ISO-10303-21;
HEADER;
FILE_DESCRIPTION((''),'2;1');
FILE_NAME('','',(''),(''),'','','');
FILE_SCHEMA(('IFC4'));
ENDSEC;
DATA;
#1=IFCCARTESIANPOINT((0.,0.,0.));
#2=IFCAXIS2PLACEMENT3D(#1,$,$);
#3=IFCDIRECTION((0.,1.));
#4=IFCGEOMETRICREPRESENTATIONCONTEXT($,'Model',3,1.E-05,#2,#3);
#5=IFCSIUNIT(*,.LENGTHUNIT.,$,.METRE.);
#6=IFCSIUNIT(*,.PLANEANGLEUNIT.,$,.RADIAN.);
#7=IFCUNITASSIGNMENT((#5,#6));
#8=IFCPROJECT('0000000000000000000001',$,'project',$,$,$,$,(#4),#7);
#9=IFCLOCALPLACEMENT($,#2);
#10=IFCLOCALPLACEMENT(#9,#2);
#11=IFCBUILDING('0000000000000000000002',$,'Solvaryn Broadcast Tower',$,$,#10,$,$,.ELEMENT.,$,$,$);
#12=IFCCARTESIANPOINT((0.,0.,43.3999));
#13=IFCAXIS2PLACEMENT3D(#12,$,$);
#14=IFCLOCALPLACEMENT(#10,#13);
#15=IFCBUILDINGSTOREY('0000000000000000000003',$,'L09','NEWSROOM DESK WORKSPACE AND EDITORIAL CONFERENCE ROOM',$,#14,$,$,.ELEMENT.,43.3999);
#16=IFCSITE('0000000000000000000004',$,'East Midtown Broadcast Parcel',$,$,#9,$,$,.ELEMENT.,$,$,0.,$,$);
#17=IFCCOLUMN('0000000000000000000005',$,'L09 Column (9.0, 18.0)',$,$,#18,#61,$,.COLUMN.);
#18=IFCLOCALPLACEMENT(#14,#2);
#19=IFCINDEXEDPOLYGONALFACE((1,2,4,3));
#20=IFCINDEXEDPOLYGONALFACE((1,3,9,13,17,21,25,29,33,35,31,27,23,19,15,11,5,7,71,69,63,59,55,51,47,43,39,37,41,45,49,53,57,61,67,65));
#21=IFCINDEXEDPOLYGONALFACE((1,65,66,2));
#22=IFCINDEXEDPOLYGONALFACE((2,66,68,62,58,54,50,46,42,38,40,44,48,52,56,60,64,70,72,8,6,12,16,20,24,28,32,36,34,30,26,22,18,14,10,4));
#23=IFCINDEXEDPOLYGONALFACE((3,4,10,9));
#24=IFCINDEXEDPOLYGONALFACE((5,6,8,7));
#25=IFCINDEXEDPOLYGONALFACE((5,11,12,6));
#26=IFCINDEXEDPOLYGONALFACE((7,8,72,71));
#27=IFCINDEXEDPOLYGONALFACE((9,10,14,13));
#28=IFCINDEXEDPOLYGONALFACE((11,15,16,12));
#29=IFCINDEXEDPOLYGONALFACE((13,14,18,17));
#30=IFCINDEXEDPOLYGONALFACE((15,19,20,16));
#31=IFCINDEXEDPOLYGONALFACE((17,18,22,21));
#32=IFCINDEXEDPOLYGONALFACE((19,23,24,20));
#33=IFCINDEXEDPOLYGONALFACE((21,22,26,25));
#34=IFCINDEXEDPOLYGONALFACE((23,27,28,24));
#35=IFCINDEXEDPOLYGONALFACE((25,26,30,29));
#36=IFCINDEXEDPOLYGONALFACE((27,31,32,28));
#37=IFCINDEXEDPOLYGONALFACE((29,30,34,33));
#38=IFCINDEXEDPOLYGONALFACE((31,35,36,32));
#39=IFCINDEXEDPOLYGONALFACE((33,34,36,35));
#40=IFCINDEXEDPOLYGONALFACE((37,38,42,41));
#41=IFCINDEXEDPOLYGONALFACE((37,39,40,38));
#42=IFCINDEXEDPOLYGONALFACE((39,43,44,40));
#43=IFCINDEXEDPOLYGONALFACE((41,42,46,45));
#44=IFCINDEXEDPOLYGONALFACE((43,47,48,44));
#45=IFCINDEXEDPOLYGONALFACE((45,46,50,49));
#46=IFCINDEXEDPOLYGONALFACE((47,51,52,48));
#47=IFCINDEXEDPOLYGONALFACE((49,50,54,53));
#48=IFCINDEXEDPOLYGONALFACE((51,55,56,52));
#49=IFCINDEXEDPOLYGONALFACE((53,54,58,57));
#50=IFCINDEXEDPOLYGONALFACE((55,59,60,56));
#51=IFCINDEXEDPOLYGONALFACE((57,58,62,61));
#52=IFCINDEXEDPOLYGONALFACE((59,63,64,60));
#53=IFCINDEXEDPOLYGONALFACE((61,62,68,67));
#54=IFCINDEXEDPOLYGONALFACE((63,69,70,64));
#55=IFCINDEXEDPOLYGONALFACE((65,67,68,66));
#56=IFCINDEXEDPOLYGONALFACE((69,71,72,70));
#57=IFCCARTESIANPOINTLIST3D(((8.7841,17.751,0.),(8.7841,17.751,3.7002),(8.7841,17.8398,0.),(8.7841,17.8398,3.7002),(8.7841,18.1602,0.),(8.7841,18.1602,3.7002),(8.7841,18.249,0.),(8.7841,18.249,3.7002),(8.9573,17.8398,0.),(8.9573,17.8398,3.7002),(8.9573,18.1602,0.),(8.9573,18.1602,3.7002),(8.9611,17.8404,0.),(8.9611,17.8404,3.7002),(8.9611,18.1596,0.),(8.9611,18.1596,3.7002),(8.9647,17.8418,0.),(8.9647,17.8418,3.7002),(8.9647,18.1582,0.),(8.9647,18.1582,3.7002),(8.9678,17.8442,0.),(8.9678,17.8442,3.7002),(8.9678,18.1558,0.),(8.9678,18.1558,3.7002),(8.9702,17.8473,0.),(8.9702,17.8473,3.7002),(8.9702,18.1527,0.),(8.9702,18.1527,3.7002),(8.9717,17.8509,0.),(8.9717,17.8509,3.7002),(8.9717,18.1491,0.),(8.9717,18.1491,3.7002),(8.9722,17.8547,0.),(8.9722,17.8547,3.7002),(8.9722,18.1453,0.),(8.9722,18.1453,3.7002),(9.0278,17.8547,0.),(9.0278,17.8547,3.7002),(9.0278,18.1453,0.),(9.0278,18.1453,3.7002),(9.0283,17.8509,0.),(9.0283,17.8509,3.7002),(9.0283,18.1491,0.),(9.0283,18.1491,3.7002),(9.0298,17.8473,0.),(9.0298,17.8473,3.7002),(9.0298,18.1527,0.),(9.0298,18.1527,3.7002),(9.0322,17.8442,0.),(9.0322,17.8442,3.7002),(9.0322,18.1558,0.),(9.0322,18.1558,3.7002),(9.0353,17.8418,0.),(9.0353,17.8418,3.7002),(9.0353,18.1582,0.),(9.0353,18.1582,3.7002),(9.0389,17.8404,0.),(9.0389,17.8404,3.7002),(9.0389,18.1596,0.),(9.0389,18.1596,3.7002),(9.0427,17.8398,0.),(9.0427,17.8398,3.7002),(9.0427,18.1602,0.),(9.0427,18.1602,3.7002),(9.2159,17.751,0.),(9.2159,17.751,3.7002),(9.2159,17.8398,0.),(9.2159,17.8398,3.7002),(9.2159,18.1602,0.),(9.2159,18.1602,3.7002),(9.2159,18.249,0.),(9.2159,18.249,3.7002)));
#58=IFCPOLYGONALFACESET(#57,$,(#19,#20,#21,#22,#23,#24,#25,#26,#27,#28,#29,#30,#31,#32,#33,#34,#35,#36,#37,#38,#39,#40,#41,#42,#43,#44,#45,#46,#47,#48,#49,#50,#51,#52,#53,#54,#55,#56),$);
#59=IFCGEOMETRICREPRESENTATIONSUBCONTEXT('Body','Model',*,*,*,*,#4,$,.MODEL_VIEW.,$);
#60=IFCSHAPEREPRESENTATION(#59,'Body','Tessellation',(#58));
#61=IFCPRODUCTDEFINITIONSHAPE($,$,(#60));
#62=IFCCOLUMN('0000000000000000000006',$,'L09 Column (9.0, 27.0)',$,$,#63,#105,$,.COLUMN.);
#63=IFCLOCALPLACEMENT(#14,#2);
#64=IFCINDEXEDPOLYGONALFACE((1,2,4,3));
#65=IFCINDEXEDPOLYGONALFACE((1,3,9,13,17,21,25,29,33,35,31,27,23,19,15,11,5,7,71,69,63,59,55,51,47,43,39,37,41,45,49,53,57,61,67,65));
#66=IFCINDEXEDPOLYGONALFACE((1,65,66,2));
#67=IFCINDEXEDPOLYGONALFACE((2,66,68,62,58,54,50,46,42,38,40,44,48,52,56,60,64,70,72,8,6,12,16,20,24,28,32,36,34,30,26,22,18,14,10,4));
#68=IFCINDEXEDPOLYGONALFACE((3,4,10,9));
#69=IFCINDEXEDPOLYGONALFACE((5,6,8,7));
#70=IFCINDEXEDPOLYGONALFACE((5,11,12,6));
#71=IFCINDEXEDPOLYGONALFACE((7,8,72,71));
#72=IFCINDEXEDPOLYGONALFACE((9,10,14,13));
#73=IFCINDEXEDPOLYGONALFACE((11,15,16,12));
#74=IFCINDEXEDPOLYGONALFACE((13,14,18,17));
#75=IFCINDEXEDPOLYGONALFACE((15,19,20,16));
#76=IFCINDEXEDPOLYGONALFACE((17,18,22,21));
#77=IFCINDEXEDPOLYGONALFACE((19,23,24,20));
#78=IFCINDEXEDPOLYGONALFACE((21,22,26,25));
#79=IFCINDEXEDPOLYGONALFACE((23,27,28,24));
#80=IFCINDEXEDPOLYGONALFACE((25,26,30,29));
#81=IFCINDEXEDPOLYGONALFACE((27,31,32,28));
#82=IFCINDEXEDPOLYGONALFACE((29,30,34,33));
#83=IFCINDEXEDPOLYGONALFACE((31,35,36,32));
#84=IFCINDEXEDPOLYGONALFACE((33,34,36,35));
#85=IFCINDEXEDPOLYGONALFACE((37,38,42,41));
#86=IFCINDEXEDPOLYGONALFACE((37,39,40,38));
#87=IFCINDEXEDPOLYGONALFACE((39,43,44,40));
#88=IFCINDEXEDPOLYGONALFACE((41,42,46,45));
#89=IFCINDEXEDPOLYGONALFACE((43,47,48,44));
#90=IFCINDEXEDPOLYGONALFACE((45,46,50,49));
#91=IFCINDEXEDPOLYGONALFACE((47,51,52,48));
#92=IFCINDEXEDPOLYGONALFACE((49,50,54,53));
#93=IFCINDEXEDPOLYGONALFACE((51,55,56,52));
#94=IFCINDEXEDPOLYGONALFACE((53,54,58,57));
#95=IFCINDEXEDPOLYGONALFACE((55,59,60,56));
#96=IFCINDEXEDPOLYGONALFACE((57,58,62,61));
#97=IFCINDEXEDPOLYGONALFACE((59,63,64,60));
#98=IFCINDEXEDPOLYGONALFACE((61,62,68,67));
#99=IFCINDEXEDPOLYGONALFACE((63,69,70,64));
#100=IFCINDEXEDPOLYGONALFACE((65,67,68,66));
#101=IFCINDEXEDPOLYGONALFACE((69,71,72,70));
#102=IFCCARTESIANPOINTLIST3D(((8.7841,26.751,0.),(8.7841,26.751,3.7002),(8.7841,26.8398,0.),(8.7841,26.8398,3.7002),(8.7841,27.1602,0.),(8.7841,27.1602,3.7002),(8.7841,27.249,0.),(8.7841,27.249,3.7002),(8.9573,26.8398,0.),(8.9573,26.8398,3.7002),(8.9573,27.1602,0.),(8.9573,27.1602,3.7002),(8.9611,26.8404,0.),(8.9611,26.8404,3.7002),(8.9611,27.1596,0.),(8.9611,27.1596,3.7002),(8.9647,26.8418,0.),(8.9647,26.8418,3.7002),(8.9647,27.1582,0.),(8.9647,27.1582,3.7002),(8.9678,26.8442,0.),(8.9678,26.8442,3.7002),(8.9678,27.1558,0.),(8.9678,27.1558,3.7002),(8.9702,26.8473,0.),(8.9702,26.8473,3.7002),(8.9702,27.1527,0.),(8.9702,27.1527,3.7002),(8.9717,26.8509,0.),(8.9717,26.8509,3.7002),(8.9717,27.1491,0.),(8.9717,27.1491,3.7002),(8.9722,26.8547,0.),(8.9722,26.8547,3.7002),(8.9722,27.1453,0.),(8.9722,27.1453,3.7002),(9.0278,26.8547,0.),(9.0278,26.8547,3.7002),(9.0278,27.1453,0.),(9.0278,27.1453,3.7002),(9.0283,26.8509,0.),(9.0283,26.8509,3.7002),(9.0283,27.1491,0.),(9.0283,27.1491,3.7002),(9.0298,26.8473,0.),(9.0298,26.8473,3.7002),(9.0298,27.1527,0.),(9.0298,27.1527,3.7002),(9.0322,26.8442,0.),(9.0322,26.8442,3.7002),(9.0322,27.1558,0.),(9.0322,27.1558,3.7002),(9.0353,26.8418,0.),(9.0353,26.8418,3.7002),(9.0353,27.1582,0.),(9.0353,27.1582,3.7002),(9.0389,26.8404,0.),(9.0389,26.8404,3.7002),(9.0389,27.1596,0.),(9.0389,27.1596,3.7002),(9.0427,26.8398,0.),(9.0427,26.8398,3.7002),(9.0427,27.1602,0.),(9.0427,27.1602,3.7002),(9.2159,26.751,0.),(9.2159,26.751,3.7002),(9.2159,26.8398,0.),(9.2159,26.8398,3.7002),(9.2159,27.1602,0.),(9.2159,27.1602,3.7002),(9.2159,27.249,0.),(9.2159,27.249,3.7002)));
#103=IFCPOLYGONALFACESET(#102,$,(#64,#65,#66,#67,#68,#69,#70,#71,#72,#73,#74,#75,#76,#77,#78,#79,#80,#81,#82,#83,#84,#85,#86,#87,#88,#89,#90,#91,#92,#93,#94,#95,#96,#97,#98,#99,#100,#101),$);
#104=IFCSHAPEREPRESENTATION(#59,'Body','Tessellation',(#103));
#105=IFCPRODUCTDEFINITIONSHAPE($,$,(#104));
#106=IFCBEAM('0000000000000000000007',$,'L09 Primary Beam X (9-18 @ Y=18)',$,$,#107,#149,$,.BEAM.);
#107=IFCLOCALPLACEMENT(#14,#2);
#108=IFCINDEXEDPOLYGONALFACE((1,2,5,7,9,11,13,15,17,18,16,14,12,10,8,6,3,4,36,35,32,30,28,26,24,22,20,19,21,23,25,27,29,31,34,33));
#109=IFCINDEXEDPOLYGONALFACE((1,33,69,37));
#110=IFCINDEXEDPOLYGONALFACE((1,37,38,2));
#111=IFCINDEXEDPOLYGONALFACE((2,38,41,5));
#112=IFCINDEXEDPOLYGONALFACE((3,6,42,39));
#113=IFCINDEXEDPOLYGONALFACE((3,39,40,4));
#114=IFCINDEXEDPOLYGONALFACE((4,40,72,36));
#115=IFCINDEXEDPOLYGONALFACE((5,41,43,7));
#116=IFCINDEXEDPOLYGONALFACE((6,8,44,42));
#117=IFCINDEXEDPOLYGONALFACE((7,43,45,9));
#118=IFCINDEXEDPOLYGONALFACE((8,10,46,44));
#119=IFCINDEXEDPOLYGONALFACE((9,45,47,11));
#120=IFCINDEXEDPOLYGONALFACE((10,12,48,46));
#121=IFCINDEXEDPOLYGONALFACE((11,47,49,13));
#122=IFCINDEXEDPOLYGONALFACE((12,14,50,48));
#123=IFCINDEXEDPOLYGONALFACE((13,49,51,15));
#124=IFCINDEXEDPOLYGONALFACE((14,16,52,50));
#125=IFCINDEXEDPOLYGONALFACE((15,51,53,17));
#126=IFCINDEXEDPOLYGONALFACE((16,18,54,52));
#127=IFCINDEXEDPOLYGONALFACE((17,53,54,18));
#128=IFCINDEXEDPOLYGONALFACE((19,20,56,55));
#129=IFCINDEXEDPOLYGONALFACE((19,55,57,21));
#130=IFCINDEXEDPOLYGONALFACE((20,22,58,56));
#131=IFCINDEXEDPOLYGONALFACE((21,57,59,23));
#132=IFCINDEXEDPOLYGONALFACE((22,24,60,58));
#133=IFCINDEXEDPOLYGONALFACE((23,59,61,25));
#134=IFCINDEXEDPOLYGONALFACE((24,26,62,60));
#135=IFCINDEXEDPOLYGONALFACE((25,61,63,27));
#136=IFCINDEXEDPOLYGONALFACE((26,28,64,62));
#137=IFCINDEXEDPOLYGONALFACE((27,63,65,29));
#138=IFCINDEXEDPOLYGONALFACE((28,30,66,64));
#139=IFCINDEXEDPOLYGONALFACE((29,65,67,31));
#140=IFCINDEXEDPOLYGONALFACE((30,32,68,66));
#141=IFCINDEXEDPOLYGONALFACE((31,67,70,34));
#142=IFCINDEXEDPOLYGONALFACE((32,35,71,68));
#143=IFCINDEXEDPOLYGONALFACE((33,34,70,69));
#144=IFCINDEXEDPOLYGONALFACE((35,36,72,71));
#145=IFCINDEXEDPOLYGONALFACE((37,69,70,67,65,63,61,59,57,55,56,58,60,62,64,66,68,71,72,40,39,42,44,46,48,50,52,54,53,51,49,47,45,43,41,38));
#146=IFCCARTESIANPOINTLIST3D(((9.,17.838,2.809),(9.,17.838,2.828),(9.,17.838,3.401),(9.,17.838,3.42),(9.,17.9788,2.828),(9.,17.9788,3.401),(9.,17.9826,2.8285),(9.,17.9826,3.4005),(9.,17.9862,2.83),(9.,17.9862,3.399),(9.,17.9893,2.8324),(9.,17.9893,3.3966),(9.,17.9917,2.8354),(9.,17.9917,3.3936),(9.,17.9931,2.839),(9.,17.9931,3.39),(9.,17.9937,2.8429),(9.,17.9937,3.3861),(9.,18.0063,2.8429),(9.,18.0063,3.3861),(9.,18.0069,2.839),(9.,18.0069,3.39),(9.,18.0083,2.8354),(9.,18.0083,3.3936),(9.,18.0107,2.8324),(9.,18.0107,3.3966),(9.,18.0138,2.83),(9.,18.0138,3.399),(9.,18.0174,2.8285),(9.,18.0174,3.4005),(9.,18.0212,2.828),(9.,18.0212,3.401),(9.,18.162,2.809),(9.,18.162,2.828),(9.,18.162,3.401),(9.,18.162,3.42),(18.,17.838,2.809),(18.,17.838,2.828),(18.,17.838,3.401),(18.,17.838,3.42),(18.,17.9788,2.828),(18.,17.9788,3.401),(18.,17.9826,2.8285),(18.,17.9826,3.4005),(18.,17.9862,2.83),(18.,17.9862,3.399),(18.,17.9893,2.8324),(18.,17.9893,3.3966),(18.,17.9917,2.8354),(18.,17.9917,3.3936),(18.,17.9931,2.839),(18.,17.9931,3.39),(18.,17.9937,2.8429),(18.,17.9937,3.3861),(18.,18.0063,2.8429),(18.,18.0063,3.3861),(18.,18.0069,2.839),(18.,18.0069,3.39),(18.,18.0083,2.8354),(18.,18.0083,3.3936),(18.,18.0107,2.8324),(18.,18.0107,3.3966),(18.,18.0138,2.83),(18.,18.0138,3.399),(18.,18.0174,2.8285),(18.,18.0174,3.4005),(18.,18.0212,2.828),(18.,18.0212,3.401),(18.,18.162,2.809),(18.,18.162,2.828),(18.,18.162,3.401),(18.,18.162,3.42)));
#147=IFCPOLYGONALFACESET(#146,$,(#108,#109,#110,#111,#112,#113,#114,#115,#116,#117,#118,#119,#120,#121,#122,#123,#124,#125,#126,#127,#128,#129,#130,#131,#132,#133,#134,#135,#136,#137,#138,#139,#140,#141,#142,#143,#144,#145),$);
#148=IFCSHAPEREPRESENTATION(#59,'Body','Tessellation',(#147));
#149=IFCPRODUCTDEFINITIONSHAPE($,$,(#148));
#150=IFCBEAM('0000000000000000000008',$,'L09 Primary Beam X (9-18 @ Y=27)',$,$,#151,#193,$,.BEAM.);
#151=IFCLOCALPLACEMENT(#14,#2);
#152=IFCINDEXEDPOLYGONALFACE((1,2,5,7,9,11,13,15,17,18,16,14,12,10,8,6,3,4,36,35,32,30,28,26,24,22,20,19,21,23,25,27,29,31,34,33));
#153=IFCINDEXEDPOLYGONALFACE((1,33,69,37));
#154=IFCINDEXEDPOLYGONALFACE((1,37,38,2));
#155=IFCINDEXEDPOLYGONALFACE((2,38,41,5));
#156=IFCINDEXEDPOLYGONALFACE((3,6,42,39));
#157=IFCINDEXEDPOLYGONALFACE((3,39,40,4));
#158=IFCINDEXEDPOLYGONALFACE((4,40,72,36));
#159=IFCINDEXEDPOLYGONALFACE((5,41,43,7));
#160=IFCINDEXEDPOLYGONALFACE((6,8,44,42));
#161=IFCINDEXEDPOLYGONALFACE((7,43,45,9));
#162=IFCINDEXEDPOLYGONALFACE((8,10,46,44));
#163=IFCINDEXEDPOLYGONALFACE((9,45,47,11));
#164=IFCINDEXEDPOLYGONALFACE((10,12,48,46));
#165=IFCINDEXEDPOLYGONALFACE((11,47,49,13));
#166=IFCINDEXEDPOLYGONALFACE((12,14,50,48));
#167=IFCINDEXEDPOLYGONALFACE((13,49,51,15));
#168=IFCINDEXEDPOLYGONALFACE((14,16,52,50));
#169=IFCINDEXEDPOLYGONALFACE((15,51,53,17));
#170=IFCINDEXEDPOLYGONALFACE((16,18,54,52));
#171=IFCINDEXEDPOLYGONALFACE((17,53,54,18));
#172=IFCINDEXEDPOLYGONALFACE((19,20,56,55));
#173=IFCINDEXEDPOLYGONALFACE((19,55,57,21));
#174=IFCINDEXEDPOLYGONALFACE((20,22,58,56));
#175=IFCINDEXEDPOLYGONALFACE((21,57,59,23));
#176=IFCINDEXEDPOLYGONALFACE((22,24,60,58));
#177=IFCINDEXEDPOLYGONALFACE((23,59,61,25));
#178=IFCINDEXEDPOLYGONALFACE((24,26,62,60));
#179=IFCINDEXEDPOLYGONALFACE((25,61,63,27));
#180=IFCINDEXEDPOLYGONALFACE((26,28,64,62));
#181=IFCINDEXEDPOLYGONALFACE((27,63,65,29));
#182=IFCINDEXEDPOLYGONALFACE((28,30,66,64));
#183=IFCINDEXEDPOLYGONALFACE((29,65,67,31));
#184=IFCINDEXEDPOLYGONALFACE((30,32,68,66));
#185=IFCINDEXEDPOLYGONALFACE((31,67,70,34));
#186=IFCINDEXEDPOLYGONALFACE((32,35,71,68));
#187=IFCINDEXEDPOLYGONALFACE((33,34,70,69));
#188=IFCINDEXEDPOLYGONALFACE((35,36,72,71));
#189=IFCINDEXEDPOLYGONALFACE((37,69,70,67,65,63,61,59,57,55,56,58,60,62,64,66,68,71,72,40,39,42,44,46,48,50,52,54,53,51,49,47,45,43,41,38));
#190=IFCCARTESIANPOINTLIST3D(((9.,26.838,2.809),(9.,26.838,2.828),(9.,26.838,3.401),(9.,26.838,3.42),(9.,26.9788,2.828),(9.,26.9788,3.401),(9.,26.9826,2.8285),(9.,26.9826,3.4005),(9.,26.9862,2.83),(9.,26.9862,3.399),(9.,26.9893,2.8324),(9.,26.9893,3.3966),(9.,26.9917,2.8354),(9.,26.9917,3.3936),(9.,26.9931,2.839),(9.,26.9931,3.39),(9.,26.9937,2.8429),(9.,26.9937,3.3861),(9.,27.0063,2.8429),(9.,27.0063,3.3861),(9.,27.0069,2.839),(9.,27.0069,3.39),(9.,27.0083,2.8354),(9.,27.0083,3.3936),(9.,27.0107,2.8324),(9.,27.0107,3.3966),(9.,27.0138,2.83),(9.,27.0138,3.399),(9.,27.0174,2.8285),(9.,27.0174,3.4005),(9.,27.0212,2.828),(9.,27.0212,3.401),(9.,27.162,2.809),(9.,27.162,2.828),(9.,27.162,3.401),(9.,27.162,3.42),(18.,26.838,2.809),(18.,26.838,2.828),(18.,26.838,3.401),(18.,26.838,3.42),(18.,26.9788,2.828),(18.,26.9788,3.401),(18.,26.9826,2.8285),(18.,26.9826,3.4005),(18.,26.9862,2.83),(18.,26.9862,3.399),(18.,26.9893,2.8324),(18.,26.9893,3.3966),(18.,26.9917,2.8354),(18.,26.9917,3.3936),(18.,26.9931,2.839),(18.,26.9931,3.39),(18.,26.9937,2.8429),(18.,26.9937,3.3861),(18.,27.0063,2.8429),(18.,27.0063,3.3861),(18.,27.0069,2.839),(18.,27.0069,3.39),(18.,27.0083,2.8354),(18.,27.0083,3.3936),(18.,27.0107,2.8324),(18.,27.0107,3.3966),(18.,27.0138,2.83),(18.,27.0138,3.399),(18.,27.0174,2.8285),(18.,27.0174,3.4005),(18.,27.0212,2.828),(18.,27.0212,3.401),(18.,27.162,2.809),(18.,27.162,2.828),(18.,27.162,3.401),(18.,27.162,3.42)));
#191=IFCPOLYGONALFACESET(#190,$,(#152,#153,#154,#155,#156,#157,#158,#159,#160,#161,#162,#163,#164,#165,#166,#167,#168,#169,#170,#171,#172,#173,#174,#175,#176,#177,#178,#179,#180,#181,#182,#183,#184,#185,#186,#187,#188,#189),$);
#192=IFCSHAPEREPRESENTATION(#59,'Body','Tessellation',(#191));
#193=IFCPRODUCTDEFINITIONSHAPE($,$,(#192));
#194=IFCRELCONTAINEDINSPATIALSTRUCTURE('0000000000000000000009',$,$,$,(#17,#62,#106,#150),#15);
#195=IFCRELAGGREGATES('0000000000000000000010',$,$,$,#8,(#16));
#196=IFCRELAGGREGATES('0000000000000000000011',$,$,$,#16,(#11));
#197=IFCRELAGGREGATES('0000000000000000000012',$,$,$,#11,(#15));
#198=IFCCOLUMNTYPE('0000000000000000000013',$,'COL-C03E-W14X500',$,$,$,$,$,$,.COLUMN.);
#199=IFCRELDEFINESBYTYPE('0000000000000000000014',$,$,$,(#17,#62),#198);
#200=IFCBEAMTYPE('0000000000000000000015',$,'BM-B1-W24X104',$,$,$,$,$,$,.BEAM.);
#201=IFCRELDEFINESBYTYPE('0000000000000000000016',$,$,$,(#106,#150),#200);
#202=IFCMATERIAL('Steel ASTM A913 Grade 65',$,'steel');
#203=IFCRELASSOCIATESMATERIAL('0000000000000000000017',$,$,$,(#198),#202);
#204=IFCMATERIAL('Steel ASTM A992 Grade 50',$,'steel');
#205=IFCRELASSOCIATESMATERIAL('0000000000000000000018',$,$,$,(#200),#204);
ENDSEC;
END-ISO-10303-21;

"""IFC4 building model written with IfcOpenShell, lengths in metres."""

from ifc_helpers import new_model, si_unit, direction, frame, origin, origin_2d, place, context, subcontext, project, spatial, i_section, extrude, material, material_profile, profile_set, type_object, element, save


model = new_model("IFC4")

# Units and contexts
model_context = context("Model", 3, precision=1e-05, world=origin(), true_north=direction((0.0, 1.0)))
body_context = subcontext(model_context, "Body", "Model", "MODEL_VIEW")
ifc_project = project(units=[si_unit("LENGTHUNIT", "METRE"), si_unit("PLANEANGLEUNIT", "RADIAN")], contexts=[model_context])

# Site, building, storey
site_placement = place(None, origin())
site = spatial("IfcSite", under=ifc_project, at=site_placement, Name="East Midtown Broadcast Parcel", CompositionType="ELEMENT", RefElevation=0.0)
building_placement = place(site_placement, origin())
building = spatial("IfcBuilding", under=site, at=building_placement, Name="Solvaryn Broadcast Tower", CompositionType="ELEMENT")
storey_placement = place(building_placement, frame((0.0, 0.0, 43.3999)))
storey = spatial("IfcBuildingStorey", under=building, at=storey_placement, Name="L09", Description="NEWSROOM DESK WORKSPACE AND EDITORIAL CONFERENCE ROOM", CompositionType="ELEMENT", Elevation=43.3999)

# Columns
ifc_material_1 = material(Name="Steel ASTM A913 Grade 65", Category="steel")
ifc_material_profile_1 = material_profile(ifc_material_1, i_section(OverallWidth=0.4319, OverallDepth=0.498, WebThickness=0.0557, FlangeThickness=0.0889, FilletRadius=0.0149, at=origin_2d()))
ifc_profile_set_1 = profile_set([ifc_material_profile_1], Name="Steel ASTM A913 Grade 65")
column_type = type_object("IfcColumnType", Name="COL-C03E-W14X500", PredefinedType="COLUMN", material=ifc_profile_set_1)
for number, where, z_axis, x_axis, name in (
    (1, (9.0, 18.0, 0.0), (0.0, 0.0, 1.0), (1.0, 0.0, 0.0), "L09 Column (9.0, 18.0)"),
    (2, (9.0, 27.0, 0.0), (0.0, 0.0, 1.0), (1.0, 0.0, 0.0), "L09 Column (9.0, 27.0)"),
):
    element("IfcColumn", number, at=place(storey_placement, frame(where, z_axis=z_axis, x_axis=x_axis)), inside=storey, type_object=column_type, Name=name, PredefinedType="COLUMN", context=body_context, shape_type="SweptSolid", body=[
        extrude(i_section(OverallWidth=0.4319, OverallDepth=0.498, WebThickness=0.0557, FlangeThickness=0.0889, FilletRadius=0.0149, at=origin_2d()), origin(), (0.0, 0.0, 1.0), 3.7002),
    ])

# Beams
ifc_material_2 = material(Name="Steel ASTM A992 Grade 50", Category="steel")
ifc_material_profile_2 = material_profile(ifc_material_2, i_section(OverallWidth=0.324, OverallDepth=0.6111, WebThickness=0.0127, FlangeThickness=0.019, FilletRadius=0.0149, at=origin_2d()))
ifc_profile_set_2 = profile_set([ifc_material_profile_2], Name="Steel ASTM A992 Grade 50")
beam_type_1 = type_object("IfcBeamType", Name="BM-B1-W24X104", PredefinedType="BEAM", material=ifc_profile_set_2)
for number, where, z_axis, x_axis, name in (
    (3, (9.0, 18.0, 3.1145), (1.0, 0.0, 0.0), (0.0, 1.0, 0.0), "L09 Primary Beam X (9-18 @ Y=18)"),
    (4, (9.0, 27.0, 3.1145), (1.0, 0.0, 0.0), (0.0, 1.0, 0.0), "L09 Primary Beam X (9-18 @ Y=27)"),
):
    element("IfcBeam", number, at=place(storey_placement, frame(where, z_axis=z_axis, x_axis=x_axis)), inside=storey, type_object=beam_type_1, Name=name, PredefinedType="BEAM", context=body_context, shape_type="SweptSolid", body=[
        extrude(i_section(OverallWidth=0.324, OverallDepth=0.6111, WebThickness=0.0127, FlangeThickness=0.019, FilletRadius=0.0149, at=origin_2d()), origin(), (0.0, 0.0, 1.0), 9.0),
    ])

save(model, "model.ifc")
